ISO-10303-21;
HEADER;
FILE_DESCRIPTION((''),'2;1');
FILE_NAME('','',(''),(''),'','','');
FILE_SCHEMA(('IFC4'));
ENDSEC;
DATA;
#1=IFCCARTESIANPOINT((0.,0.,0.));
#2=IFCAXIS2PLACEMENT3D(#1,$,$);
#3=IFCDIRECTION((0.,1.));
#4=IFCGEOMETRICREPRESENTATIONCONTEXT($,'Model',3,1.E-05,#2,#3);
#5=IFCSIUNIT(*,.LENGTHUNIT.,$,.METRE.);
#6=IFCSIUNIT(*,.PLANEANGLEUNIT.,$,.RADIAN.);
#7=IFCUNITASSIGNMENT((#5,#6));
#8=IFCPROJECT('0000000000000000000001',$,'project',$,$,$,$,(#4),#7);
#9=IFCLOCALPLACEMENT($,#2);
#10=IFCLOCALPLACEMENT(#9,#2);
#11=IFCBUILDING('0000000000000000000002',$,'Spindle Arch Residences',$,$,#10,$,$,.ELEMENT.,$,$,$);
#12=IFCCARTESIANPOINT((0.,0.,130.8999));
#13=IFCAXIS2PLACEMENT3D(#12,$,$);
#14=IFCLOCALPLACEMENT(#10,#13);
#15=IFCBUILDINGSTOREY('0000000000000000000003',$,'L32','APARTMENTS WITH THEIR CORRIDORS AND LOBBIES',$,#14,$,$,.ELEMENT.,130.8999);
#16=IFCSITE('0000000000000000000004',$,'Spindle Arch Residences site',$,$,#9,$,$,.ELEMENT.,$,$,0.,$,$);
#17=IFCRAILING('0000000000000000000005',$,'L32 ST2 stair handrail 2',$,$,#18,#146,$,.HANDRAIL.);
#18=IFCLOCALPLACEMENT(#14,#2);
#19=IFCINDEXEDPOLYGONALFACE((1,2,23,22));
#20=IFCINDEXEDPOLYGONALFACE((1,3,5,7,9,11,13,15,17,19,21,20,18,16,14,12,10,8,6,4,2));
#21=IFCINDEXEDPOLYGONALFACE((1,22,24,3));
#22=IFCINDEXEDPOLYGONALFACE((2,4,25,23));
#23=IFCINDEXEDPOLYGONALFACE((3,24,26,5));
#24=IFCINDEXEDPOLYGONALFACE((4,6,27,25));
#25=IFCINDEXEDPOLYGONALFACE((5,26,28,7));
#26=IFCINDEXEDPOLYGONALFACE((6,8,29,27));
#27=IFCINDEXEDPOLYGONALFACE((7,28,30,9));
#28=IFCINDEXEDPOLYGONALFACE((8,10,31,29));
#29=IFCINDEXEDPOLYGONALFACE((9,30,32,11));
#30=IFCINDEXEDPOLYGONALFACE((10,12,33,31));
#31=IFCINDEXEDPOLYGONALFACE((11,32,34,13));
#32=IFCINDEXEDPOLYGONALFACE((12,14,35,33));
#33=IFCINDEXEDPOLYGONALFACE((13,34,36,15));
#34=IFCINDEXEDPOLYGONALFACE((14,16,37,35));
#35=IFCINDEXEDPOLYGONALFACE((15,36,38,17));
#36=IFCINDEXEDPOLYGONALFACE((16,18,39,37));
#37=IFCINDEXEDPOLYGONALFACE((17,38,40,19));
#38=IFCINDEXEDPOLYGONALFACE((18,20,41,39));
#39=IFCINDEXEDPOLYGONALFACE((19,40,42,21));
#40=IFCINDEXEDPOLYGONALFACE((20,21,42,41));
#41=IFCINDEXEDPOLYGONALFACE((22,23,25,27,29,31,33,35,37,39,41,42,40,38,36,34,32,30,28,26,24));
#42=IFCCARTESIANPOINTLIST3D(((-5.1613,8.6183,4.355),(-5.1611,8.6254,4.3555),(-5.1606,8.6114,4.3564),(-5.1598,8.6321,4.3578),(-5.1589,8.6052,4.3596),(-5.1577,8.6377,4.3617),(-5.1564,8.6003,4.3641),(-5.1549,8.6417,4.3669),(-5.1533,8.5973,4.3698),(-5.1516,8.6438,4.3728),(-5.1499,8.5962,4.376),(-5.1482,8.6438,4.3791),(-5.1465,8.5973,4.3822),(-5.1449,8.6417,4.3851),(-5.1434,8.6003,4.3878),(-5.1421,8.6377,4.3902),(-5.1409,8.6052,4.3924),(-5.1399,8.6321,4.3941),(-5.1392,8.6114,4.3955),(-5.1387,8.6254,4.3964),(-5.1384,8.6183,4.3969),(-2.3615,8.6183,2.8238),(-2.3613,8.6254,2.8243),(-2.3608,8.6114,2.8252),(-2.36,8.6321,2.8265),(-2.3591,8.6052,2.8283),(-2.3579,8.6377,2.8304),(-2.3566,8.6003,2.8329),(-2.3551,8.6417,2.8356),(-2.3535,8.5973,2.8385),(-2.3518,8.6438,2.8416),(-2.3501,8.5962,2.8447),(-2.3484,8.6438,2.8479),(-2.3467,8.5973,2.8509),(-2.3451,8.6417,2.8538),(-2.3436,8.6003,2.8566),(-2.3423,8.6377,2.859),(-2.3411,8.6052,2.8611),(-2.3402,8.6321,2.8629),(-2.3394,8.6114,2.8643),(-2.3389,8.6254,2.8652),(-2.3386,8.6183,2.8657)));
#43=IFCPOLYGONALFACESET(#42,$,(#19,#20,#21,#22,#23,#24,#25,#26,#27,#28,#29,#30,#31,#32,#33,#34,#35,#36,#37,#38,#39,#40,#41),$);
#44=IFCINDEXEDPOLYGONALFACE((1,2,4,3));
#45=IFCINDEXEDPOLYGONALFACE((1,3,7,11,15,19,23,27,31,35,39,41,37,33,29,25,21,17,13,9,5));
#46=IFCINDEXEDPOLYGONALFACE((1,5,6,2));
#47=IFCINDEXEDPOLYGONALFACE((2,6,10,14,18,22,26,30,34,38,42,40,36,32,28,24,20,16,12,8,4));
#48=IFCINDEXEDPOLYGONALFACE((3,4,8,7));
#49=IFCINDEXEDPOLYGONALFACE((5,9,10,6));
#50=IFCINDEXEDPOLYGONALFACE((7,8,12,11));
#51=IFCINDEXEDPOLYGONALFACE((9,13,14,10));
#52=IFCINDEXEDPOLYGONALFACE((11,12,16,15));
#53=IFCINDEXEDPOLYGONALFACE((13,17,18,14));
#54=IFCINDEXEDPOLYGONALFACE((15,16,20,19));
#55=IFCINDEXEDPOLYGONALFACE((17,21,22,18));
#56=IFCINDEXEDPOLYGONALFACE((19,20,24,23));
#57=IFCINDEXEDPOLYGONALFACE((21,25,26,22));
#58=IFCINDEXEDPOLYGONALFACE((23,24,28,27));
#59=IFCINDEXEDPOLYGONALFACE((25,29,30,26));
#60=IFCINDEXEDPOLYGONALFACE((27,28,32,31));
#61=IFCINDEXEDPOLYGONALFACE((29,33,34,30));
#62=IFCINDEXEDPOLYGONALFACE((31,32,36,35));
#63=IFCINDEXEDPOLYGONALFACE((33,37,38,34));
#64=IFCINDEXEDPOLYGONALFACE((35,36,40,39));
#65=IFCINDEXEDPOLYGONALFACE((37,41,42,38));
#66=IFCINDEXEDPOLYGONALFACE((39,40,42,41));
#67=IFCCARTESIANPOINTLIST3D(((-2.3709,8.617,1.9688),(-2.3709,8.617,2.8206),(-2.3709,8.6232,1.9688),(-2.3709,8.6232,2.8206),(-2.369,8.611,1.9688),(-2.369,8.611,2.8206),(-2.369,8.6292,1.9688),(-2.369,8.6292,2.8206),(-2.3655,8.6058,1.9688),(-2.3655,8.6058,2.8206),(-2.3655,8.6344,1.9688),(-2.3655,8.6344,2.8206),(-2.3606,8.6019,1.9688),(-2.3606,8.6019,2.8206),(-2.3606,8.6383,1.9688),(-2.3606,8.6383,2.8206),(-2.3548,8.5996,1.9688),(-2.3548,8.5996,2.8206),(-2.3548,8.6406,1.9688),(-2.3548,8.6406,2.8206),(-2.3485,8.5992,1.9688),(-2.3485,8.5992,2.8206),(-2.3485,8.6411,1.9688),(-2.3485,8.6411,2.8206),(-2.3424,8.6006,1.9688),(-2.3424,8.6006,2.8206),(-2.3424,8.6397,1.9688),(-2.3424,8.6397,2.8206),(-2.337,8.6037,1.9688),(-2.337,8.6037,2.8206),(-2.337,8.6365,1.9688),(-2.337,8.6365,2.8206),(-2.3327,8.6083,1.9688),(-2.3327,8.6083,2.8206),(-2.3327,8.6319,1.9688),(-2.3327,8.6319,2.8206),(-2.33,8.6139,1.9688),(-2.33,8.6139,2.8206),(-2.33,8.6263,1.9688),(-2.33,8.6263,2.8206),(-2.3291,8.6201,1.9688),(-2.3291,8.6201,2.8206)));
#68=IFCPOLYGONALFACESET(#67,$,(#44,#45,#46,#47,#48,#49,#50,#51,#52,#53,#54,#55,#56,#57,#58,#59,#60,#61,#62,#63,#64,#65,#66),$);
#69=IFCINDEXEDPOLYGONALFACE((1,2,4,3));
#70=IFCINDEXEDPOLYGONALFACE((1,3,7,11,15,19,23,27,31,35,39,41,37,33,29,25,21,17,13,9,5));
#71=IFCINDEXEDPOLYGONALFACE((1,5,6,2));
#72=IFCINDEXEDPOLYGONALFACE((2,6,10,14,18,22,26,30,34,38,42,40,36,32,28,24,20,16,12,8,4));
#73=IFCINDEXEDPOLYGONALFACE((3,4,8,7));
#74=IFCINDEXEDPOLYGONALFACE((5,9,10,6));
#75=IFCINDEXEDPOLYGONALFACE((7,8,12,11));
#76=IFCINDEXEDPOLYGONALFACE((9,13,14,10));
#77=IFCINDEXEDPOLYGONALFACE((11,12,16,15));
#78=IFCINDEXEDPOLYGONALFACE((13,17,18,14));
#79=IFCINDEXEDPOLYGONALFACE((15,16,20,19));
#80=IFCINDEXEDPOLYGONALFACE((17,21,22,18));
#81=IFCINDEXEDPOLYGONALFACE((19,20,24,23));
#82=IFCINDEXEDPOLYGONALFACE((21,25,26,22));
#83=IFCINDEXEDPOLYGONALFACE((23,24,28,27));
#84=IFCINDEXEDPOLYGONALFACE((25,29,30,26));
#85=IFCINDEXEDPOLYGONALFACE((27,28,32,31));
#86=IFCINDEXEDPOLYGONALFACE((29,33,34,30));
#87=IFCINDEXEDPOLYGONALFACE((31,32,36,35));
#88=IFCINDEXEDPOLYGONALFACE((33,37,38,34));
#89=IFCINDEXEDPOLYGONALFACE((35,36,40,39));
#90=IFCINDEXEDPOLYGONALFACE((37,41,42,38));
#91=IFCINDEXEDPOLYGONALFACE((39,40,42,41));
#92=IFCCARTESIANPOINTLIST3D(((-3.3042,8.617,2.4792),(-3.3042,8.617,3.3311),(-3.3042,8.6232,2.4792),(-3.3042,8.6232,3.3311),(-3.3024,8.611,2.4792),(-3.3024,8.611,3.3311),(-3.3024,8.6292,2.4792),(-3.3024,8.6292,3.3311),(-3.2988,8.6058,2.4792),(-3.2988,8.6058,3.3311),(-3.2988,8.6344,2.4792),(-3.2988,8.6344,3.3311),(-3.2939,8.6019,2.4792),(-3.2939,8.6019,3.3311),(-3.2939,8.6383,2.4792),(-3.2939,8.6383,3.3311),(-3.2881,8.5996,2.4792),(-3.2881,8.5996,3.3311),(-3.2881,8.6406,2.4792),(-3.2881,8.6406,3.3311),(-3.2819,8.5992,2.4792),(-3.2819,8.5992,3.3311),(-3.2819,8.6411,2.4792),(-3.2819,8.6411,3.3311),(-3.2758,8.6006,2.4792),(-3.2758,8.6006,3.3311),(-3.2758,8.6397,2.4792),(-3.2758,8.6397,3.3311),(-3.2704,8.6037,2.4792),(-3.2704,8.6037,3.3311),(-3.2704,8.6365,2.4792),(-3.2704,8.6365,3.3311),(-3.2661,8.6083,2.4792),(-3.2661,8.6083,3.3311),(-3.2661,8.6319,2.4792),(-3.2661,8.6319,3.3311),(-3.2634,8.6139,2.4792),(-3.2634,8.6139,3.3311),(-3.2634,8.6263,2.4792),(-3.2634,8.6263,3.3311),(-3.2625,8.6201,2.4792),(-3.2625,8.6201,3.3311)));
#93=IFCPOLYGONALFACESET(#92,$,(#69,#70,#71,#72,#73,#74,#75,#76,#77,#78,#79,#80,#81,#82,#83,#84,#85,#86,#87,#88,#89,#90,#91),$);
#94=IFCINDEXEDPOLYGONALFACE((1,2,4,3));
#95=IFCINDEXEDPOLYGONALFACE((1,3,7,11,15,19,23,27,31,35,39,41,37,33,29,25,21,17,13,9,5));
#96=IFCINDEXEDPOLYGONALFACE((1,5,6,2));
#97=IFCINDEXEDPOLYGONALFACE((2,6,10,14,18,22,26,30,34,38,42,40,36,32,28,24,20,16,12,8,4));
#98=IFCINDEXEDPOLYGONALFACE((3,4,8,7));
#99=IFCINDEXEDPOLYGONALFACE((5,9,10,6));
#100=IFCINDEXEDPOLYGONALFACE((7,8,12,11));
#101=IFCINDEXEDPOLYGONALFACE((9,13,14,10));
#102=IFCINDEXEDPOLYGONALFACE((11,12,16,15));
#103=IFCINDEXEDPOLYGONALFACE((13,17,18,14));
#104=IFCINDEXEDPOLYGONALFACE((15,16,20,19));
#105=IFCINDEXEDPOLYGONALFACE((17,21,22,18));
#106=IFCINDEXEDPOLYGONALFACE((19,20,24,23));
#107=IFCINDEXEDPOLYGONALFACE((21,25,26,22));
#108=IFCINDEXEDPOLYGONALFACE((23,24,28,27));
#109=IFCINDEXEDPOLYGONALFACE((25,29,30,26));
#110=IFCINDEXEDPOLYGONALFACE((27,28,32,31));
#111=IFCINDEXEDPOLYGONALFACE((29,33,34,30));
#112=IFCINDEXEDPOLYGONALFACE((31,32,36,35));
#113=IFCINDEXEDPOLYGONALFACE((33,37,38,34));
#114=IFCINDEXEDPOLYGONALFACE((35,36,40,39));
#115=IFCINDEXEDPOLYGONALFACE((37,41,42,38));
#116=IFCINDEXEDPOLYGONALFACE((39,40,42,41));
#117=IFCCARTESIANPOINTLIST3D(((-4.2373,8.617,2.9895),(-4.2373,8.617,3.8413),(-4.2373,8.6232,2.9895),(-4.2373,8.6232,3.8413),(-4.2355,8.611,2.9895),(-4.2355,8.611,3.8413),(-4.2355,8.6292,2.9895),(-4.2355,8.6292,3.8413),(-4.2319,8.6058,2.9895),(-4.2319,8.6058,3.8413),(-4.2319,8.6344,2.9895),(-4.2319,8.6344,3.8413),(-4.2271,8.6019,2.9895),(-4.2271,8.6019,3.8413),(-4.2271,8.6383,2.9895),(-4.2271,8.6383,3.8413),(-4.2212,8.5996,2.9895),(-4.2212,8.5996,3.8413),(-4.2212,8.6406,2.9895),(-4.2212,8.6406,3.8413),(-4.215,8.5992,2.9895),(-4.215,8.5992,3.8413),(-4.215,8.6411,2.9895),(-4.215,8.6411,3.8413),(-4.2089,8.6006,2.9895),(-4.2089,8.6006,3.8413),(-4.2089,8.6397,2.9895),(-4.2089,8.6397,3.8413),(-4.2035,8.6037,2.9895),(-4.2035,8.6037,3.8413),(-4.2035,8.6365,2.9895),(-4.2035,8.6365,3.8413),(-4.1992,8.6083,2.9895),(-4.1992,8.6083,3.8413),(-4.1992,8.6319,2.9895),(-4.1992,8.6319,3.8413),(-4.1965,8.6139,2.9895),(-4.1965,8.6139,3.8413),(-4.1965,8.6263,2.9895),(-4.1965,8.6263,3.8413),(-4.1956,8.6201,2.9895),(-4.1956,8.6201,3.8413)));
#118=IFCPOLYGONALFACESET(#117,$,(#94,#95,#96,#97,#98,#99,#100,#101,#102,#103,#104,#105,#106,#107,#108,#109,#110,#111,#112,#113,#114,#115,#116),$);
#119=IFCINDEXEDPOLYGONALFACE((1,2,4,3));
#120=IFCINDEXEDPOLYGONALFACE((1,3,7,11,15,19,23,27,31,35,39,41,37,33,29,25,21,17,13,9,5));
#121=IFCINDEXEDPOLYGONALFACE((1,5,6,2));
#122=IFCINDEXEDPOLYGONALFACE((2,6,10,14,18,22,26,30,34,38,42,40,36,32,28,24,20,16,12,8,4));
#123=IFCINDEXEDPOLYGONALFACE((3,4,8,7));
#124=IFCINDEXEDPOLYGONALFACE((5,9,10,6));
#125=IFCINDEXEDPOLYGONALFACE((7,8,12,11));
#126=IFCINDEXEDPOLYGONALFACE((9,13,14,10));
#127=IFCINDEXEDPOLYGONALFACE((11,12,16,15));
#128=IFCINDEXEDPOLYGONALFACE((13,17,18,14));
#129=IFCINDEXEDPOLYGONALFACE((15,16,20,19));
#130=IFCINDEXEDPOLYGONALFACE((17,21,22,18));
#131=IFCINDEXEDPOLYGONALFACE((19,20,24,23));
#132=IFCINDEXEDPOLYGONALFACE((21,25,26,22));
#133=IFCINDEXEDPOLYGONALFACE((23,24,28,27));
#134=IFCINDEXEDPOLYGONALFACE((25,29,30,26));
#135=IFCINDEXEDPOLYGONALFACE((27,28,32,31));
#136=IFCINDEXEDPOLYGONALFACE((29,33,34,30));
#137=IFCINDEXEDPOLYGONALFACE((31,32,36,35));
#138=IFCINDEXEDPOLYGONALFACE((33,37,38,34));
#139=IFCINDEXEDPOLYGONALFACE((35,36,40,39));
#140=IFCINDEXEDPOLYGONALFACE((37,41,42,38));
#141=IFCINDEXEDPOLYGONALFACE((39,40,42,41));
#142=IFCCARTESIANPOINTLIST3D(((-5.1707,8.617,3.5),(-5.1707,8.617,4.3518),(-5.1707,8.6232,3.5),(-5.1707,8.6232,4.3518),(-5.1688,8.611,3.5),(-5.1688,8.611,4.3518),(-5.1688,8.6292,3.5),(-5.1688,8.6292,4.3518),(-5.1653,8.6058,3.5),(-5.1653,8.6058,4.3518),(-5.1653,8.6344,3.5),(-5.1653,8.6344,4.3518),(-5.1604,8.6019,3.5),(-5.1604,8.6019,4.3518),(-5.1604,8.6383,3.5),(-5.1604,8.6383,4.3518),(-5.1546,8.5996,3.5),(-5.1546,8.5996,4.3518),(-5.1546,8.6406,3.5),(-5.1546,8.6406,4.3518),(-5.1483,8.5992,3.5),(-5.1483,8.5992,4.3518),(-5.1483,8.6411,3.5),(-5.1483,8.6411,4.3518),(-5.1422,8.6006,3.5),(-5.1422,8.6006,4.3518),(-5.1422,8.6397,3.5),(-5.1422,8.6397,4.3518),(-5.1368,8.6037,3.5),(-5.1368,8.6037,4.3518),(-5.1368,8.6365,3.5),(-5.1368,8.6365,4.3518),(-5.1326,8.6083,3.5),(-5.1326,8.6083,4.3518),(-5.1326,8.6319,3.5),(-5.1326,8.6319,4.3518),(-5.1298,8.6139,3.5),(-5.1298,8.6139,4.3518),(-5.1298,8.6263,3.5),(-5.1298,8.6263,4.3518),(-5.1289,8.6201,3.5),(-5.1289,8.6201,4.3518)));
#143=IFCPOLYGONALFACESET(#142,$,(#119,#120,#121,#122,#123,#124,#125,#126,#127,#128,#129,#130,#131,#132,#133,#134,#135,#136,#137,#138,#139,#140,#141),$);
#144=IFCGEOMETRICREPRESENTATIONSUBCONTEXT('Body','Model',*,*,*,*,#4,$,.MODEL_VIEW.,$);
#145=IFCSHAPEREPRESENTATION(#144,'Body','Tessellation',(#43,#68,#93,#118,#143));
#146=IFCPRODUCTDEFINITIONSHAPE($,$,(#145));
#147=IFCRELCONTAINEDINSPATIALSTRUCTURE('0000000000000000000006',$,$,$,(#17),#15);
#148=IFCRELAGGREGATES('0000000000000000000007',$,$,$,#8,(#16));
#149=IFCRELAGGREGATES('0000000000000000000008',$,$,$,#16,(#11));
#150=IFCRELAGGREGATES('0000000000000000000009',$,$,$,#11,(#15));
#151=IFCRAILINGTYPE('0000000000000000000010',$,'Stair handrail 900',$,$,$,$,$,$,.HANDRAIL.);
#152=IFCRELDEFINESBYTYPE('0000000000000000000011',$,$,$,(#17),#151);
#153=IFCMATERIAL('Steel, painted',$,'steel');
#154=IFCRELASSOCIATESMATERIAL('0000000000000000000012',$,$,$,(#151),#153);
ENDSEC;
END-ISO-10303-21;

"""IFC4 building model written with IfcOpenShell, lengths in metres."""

from ifc_helpers import new_model, si_unit, direction, frame, origin, origin_2d, place, context, subcontext, project, spatial, circle, extrude, material, type_object, element, save


model = new_model("IFC4")

# Units and contexts
model_context = context("Model", 3, precision=1e-05, world=origin(), true_north=direction((0.0, 1.0)))
body_context = subcontext(model_context, "Body", "Model", "MODEL_VIEW")
ifc_project = project(units=[si_unit("LENGTHUNIT", "METRE"), si_unit("PLANEANGLEUNIT", "RADIAN")], contexts=[model_context])

# Site, building, storey
site_placement = place(None, origin())
site = spatial("IfcSite", under=ifc_project, at=site_placement, Name="Spindle Arch Residences site", CompositionType="ELEMENT", RefElevation=0.0)
building_placement = place(site_placement, origin())
building = spatial("IfcBuilding", under=site, at=building_placement, Name="Spindle Arch Residences", CompositionType="ELEMENT")
storey_placement = place(building_placement, frame((0.0, 0.0, 130.8999)))
storey = spatial("IfcBuildingStorey", under=building, at=storey_placement, Name="L32", Description="APARTMENTS WITH THEIR CORRIDORS AND LOBBIES", CompositionType="ELEMENT", Elevation=130.8999)

# Railing
ifc_material_1 = material(Name="Steel, painted", Category="steel")
railing_type_1 = type_object("IfcRailingType", Name="Stair handrail 900", PredefinedType="HANDRAIL", material=ifc_material_1)
railing_1_placement = place(storey_placement, frame((-2.3501, 8.6201, 1.9688)))
element("IfcRailing", 1, at=railing_1_placement, inside=storey, type_object=railing_type_1, Name="L32 ST2 stair handrail 2", PredefinedType="HANDRAIL", context=body_context, shape_type="SweptSolid", body=[
    extrude(circle(Radius=0.0239, at=origin_2d()), frame((0.0, 0.0, 0.876), z_axis=(-0.877357, 0.0, 0.479838), x_axis=(0.0, -1.0, 0.0)), (0.0, 0.0, 1.0), 3.1912),
    extrude(circle(Radius=0.021, at=origin_2d()), origin(), (0.0, 0.0, 1.0), 0.8518),
    extrude(circle(Radius=0.021, at=origin_2d()), frame((-0.9333, 0.0, 0.5105)), (0.0, 0.0, 1.0), 0.8518),
    extrude(circle(Radius=0.021, at=origin_2d()), frame((-1.8665, 0.0, 1.0208)), (0.0, 0.0, 1.0), 0.8518),
    extrude(circle(Radius=0.021, at=origin_2d()), frame((-2.7998, 0.0, 1.5312)), (0.0, 0.0, 1.0), 0.8518),
])

save(model, "model.ifc")
